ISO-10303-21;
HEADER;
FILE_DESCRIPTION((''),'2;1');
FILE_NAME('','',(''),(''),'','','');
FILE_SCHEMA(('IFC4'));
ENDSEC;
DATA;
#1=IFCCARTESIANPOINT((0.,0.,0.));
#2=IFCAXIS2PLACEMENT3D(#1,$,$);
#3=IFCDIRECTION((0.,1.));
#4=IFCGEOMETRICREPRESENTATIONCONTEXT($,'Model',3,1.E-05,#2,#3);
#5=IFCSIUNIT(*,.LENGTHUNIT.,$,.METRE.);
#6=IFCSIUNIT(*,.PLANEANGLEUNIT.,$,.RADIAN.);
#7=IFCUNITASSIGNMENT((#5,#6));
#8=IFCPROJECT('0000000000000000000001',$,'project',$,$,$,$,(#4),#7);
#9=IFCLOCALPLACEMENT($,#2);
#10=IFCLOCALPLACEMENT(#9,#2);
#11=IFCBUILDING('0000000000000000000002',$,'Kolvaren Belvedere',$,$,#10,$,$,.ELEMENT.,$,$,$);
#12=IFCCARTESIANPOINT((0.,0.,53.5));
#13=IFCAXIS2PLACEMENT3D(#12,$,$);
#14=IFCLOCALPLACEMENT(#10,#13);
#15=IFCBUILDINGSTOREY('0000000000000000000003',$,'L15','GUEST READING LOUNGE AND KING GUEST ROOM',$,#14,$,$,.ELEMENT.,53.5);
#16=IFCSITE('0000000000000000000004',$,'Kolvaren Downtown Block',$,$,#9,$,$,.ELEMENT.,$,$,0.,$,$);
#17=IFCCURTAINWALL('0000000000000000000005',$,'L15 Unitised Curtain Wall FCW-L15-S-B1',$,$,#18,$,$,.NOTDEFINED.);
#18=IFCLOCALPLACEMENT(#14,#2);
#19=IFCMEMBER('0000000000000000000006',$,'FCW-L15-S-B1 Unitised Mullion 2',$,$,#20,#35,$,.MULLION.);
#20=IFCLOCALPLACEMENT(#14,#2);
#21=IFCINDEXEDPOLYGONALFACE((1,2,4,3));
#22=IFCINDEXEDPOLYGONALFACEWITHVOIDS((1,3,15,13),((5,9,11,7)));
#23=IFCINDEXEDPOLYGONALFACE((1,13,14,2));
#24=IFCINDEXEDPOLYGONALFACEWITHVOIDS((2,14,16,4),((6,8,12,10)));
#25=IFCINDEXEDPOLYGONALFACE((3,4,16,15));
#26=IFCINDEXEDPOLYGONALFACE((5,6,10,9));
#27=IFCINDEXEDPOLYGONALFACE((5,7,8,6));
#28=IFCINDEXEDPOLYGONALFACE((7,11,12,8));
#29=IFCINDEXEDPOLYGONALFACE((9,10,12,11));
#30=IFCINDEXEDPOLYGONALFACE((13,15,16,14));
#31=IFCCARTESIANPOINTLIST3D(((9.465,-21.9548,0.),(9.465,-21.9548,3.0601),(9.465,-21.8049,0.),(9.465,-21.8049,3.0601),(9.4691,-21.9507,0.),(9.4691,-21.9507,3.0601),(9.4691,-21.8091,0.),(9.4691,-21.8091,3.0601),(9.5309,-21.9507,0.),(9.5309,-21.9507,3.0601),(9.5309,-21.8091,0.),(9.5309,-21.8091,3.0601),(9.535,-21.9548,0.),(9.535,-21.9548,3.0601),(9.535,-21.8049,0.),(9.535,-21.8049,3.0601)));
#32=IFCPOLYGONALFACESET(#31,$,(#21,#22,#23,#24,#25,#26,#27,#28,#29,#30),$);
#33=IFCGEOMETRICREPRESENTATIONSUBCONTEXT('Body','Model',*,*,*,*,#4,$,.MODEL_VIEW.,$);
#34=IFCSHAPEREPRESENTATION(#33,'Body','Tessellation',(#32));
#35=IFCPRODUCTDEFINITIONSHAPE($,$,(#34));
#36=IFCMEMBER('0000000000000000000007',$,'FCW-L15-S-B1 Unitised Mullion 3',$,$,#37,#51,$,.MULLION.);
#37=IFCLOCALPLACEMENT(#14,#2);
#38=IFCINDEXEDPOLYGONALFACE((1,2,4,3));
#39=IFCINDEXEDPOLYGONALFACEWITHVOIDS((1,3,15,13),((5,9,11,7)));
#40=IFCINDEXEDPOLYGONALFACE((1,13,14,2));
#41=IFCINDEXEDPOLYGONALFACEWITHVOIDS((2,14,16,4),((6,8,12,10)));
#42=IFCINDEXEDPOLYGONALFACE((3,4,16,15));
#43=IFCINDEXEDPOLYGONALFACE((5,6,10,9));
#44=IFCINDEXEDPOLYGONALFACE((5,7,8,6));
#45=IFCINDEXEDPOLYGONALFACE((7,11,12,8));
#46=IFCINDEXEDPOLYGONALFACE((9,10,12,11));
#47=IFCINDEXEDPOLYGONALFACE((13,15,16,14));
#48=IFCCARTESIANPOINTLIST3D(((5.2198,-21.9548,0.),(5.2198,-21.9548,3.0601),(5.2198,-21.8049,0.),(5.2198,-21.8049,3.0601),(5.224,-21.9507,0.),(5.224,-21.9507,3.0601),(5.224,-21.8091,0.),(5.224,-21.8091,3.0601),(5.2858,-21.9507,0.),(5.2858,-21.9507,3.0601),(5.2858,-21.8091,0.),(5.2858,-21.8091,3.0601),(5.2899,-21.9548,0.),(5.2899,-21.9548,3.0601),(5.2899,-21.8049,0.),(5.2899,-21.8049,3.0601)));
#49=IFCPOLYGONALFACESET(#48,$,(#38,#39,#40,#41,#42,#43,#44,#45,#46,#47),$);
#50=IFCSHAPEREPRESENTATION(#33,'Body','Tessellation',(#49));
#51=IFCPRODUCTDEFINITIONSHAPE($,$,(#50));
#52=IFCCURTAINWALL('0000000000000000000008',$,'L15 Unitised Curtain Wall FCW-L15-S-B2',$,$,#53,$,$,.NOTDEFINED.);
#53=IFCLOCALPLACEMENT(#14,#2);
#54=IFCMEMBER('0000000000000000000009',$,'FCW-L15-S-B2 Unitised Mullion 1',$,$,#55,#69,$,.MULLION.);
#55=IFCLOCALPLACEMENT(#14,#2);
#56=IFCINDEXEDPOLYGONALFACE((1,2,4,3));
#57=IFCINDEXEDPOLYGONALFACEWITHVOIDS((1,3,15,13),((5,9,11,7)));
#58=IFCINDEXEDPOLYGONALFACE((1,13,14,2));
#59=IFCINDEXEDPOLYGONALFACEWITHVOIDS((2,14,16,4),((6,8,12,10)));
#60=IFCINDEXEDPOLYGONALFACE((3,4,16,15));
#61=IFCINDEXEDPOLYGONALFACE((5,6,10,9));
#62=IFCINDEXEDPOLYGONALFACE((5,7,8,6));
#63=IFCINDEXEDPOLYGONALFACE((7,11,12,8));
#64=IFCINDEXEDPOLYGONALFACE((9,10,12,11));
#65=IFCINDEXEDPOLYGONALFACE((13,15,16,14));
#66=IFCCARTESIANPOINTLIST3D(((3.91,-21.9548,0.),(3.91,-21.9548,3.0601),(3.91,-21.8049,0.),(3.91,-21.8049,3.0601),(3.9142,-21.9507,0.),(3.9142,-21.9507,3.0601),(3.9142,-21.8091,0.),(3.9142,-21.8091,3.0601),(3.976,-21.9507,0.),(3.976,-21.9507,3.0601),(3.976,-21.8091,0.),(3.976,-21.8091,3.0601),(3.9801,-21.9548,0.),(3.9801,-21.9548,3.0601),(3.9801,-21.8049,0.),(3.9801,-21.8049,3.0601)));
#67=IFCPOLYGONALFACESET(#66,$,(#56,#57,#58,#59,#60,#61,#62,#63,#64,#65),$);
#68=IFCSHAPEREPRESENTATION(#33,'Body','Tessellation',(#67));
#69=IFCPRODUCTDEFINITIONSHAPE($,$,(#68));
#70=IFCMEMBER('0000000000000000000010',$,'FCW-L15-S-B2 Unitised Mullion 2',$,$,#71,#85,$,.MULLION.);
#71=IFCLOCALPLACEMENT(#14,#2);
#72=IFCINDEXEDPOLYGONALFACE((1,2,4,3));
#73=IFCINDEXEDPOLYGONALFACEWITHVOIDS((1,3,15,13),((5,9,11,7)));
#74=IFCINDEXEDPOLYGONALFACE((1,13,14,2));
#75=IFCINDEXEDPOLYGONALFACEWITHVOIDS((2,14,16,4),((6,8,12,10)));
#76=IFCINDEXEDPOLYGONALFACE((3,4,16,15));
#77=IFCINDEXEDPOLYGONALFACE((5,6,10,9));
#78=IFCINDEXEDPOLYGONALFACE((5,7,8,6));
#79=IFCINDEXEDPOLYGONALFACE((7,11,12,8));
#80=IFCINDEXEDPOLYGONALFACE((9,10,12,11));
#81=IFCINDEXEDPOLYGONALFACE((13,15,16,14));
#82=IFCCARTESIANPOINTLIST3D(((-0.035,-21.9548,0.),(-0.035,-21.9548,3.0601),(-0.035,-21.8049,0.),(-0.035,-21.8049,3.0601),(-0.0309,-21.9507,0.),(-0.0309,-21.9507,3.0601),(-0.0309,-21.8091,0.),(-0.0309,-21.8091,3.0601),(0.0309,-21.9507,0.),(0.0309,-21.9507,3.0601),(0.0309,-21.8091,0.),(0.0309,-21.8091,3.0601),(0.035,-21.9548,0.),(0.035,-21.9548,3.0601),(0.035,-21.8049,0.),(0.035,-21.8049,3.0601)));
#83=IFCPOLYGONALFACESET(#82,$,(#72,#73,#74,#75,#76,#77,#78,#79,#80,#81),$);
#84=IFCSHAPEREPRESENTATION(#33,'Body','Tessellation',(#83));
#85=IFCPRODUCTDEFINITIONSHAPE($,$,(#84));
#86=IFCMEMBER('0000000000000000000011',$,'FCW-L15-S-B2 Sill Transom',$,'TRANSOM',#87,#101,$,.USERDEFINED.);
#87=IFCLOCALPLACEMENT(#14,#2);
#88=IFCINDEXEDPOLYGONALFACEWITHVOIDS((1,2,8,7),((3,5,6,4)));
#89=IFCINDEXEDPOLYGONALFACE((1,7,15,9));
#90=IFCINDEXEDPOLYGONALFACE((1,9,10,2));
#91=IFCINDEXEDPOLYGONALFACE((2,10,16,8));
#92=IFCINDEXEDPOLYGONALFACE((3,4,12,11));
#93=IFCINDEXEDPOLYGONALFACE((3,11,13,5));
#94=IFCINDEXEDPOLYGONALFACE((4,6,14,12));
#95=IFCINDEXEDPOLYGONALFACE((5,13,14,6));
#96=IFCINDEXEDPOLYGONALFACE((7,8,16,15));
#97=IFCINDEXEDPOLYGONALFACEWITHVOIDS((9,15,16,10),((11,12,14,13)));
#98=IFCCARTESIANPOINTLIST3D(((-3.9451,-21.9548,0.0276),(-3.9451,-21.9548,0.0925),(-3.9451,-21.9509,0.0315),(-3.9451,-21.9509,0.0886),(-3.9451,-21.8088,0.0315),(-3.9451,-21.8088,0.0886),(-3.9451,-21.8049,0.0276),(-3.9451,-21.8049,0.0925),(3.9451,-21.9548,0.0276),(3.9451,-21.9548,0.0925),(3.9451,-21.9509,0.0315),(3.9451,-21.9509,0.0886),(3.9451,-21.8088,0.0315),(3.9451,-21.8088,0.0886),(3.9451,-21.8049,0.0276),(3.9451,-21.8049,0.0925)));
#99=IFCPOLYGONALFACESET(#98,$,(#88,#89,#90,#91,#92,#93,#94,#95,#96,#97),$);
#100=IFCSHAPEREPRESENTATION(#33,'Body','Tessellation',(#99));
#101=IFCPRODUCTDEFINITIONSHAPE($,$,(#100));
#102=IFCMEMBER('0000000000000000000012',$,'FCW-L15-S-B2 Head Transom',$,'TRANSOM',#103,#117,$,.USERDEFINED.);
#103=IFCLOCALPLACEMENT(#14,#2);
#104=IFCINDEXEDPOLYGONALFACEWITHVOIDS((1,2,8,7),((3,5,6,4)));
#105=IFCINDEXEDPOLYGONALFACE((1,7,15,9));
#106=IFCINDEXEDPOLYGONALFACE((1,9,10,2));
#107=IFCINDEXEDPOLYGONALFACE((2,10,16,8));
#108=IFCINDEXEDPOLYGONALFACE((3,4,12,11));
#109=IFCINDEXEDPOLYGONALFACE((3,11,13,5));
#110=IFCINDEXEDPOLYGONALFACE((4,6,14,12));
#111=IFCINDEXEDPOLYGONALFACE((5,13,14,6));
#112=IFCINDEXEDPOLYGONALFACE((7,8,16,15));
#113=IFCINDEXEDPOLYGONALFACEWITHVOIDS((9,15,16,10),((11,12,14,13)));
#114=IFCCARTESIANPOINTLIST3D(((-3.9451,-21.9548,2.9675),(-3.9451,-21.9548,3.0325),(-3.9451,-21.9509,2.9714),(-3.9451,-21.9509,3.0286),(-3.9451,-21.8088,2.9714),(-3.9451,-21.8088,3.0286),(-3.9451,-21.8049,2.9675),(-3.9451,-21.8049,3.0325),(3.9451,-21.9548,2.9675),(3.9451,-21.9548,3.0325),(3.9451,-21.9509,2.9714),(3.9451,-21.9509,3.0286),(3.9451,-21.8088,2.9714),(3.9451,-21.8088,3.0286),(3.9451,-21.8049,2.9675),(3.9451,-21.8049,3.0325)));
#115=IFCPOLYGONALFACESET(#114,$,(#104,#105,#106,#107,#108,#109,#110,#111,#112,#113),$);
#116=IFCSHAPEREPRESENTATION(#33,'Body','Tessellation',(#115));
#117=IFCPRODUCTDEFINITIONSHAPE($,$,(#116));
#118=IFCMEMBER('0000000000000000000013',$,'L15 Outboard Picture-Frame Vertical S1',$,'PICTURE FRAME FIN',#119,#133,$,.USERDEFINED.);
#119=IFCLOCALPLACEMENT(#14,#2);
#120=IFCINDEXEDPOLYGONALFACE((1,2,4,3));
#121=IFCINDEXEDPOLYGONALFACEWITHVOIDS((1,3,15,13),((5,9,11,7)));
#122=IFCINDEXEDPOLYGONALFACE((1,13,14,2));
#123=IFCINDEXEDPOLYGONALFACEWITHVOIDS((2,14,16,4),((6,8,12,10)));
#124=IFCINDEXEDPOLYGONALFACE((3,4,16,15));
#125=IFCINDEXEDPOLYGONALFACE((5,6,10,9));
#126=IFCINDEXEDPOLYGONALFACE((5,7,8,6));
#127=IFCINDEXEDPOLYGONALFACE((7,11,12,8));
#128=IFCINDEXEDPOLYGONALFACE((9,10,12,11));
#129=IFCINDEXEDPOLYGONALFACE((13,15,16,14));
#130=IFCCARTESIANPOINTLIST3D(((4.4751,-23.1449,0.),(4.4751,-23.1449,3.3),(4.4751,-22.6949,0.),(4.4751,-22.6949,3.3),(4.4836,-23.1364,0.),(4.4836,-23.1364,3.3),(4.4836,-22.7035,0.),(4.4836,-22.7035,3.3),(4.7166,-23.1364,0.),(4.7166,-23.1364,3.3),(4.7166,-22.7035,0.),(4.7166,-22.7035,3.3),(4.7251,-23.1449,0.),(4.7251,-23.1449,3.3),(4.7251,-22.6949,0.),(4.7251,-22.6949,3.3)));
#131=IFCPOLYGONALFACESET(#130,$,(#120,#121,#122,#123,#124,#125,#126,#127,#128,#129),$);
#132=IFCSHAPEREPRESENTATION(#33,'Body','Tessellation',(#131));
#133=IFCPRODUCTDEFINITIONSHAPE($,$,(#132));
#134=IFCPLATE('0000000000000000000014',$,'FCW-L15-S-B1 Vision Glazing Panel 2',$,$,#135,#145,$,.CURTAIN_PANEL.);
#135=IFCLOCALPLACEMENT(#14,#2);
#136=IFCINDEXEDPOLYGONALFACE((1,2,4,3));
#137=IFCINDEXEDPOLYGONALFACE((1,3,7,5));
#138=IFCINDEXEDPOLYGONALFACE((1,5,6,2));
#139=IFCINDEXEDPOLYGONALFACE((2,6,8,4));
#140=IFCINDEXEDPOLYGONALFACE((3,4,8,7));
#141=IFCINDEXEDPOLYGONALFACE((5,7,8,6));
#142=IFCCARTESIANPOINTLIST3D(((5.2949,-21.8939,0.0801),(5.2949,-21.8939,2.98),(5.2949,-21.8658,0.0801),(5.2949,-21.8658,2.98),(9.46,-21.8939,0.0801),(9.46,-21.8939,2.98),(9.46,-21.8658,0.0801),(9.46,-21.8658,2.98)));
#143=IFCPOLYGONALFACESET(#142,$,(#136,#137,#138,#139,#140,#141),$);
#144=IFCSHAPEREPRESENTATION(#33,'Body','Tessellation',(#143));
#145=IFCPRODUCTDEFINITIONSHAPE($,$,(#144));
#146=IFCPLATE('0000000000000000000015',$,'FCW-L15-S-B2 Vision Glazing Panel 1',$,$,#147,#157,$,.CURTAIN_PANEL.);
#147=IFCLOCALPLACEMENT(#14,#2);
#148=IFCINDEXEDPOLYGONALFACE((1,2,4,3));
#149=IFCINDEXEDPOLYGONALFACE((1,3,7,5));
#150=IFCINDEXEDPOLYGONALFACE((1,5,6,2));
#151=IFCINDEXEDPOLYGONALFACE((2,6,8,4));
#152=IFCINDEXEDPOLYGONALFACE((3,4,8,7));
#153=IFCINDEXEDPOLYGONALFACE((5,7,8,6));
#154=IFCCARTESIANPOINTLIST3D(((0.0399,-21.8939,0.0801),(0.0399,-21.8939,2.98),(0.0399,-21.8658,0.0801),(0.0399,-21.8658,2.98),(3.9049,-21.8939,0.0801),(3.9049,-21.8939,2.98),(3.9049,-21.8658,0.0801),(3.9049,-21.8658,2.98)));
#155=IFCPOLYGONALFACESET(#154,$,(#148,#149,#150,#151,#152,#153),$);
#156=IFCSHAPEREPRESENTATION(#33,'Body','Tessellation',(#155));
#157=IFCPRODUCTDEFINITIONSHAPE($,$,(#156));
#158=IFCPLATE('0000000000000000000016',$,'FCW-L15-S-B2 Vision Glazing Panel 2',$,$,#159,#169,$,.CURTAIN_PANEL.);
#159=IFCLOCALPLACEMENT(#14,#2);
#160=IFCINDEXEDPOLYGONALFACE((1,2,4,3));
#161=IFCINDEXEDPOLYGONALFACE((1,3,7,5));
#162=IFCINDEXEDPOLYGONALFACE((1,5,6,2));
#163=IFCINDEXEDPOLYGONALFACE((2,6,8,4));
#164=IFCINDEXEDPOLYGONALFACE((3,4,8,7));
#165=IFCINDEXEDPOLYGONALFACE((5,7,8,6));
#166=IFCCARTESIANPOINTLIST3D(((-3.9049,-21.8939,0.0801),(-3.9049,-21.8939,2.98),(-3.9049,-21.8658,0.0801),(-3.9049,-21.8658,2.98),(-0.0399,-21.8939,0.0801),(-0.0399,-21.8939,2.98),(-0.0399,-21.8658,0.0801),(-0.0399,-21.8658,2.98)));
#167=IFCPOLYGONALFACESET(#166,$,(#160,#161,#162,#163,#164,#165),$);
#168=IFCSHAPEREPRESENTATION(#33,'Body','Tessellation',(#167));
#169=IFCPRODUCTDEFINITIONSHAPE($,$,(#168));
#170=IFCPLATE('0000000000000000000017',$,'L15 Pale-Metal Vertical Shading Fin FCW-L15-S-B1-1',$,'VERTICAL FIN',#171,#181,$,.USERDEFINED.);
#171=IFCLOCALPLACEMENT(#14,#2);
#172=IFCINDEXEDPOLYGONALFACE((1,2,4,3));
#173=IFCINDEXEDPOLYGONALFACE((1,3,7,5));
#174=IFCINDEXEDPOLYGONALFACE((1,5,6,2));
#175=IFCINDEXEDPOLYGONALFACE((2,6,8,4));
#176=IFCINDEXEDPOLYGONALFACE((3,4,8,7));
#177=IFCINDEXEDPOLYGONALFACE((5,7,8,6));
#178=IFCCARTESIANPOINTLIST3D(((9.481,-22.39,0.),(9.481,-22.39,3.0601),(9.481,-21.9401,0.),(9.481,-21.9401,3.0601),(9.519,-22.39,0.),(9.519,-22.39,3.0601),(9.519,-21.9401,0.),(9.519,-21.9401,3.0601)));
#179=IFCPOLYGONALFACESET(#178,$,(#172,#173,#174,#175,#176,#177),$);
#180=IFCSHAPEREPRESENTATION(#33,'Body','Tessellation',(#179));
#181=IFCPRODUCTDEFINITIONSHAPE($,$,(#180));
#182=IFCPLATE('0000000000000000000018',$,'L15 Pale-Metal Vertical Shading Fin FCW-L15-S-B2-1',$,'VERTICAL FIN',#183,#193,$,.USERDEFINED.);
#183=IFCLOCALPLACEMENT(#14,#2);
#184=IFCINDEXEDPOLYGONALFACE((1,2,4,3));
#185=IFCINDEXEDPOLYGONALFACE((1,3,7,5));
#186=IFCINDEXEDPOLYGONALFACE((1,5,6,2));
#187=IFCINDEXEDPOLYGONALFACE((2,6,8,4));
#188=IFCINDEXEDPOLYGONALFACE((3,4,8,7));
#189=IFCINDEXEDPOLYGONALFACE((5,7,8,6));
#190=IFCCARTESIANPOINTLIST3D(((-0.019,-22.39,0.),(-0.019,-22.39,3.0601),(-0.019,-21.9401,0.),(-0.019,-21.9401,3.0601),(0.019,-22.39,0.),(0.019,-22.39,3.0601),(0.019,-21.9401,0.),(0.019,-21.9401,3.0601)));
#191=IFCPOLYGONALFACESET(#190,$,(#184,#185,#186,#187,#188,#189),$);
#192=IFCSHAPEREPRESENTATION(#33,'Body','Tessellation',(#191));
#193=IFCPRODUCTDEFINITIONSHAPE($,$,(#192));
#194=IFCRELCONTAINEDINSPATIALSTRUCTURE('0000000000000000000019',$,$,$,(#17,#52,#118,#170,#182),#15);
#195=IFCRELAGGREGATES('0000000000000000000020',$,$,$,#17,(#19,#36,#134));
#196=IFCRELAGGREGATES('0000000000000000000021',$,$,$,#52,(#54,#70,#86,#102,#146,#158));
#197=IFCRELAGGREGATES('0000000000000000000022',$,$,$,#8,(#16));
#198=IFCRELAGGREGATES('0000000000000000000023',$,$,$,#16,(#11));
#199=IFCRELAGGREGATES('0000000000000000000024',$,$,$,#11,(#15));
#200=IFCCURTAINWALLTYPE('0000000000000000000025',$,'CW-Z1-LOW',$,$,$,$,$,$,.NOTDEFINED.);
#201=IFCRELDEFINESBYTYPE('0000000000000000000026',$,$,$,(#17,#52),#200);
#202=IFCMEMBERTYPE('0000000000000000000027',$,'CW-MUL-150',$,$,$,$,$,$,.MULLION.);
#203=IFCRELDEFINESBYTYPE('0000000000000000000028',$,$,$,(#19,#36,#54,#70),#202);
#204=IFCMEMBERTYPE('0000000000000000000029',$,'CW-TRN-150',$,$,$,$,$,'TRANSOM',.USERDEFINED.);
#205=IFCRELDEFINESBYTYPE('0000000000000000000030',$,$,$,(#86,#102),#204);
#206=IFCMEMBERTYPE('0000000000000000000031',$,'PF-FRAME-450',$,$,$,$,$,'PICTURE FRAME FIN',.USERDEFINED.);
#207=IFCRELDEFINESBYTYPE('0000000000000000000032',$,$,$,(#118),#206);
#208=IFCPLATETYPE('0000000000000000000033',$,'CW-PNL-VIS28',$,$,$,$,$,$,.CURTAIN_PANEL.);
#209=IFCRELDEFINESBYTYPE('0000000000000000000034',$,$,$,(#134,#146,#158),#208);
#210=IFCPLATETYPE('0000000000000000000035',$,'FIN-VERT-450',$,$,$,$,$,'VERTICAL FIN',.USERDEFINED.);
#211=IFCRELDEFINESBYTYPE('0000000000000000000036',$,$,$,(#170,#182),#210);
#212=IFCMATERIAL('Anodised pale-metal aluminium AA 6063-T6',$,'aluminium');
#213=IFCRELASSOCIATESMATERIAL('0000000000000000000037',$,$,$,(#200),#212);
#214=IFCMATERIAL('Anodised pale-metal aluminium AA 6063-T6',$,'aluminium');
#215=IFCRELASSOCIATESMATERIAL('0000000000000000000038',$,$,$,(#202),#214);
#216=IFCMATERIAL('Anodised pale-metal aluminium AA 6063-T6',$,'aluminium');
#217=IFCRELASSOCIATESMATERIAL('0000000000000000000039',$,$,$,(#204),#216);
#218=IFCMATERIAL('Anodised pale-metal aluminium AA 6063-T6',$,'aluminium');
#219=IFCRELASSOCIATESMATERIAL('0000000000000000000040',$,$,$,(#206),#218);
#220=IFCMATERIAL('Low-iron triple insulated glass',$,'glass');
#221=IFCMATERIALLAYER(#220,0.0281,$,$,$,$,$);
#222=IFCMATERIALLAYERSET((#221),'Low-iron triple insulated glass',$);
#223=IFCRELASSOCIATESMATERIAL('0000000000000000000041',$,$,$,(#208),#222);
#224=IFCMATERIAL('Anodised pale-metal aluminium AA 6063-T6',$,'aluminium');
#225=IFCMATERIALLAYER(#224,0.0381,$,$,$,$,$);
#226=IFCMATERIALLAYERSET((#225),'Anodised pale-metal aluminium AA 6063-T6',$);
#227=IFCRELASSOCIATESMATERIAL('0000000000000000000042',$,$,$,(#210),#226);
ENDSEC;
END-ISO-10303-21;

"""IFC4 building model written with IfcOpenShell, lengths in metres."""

from ifc_helpers import new_model, si_unit, direction, frame, origin, origin_2d, place, context, subcontext, project, spatial, rectangle, hollow_rectangle, extrude, material, layer, layer_set, material_profile, profile_set, type_object, element, aggregate, save


model = new_model("IFC4")

# Units and contexts
model_context = context("Model", 3, precision=1e-05, world=origin(), true_north=direction((0.0, 1.0)))
body_context = subcontext(model_context, "Body", "Model", "MODEL_VIEW")
ifc_project = project(units=[si_unit("LENGTHUNIT", "METRE"), si_unit("PLANEANGLEUNIT", "RADIAN")], contexts=[model_context])

# Site, building, storey
site_placement = place(None, origin())
site = spatial("IfcSite", under=ifc_project, at=site_placement, Name="Kolvaren Downtown Block", CompositionType="ELEMENT", RefElevation=0.0)
building_placement = place(site_placement, origin())
building = spatial("IfcBuilding", under=site, at=building_placement, Name="Kolvaren Belvedere", CompositionType="ELEMENT")
storey_placement = place(building_placement, frame((0.0, 0.0, 53.5)))
storey = spatial("IfcBuildingStorey", under=building, at=storey_placement, Name="L15", Description="GUEST READING LOUNGE AND KING GUEST ROOM", CompositionType="ELEMENT", Elevation=53.5)

# Curtain walls, members
ifc_material_1 = material(Name="Anodised pale-metal aluminium AA 6063-T6", Category="aluminium")
curtain_wall_type = type_object("IfcCurtainWallType", Name="CW-Z1-LOW", PredefinedType="NOTDEFINED", material=ifc_material_1)
curtain_wall_1_placement = place(storey_placement, origin())
curtain_wall_1 = element("IfcCurtainWall", 1, at=curtain_wall_1_placement, inside=storey, type_object=curtain_wall_type, Name="L15 Unitised Curtain Wall FCW-L15-S-B1", PredefinedType="NOTDEFINED")
ifc_material_2 = material(Name="Anodised pale-metal aluminium AA 6063-T6", Category="aluminium")
ifc_material_profile_1 = material_profile(ifc_material_2, hollow_rectangle(XDim=0.0701, YDim=0.1499, WallThickness=0.0042, at=origin_2d()), Name="ALU-MUL-150X70")
ifc_profile_set_1 = profile_set([ifc_material_profile_1], Name="Anodised pale-metal aluminium AA 6063-T6")
member_type_1 = type_object("IfcMemberType", Name="CW-MUL-150", PredefinedType="MULLION", material=ifc_profile_set_1)
member_1_placement = place(storey_placement, frame((9.5, -21.8799, 0.0), z_axis=(0.0, 0.0, 1.0), x_axis=(1.0, 0.0, 0.0)))
member_1 = element("IfcMember", 2, at=member_1_placement, type_object=member_type_1, Name="FCW-L15-S-B1 Unitised Mullion 2", PredefinedType="MULLION", context=body_context, shape_type="SweptSolid", body=[
    extrude(hollow_rectangle(XDim=0.0701, YDim=0.1499, WallThickness=0.0042, at=origin_2d()), origin(), (0.0, 0.0, 1.0), 3.0601),
])
member_2_placement = place(storey_placement, frame((5.2549, -21.8799, 0.0), z_axis=(0.0, 0.0, 1.0), x_axis=(1.0, 0.0, 0.0)))
member_2 = element("IfcMember", 3, at=member_2_placement, type_object=member_type_1, Name="FCW-L15-S-B1 Unitised Mullion 3", PredefinedType="MULLION", context=body_context, shape_type="SweptSolid", body=[
    extrude(hollow_rectangle(XDim=0.0701, YDim=0.1499, WallThickness=0.0042, at=origin_2d()), origin(), (0.0, 0.0, 1.0), 3.0601),
])
curtain_wall_2_placement = place(storey_placement, origin())
curtain_wall_2 = element("IfcCurtainWall", 4, at=curtain_wall_2_placement, inside=storey, type_object=curtain_wall_type, Name="L15 Unitised Curtain Wall FCW-L15-S-B2", PredefinedType="NOTDEFINED")
member_3_placement = place(storey_placement, frame((3.9451, -21.8799, 0.0), z_axis=(0.0, 0.0, 1.0), x_axis=(1.0, 0.0, 0.0)))
member_3 = element("IfcMember", 5, at=member_3_placement, type_object=member_type_1, Name="FCW-L15-S-B2 Unitised Mullion 1", PredefinedType="MULLION", context=body_context, shape_type="SweptSolid", body=[
    extrude(hollow_rectangle(XDim=0.0701, YDim=0.1499, WallThickness=0.0042, at=origin_2d()), origin(), (0.0, 0.0, 1.0), 3.0601),
])
member_4_placement = place(storey_placement, frame((0.0, -21.8799, 0.0), z_axis=(0.0, 0.0, 1.0), x_axis=(1.0, 0.0, 0.0)))
member_4 = element("IfcMember", 6, at=member_4_placement, type_object=member_type_1, Name="FCW-L15-S-B2 Unitised Mullion 2", PredefinedType="MULLION", context=body_context, shape_type="SweptSolid", body=[
    extrude(hollow_rectangle(XDim=0.0701, YDim=0.1499, WallThickness=0.0042, at=origin_2d()), origin(), (0.0, 0.0, 1.0), 3.0601),
])
ifc_material_3 = material(Name="Anodised pale-metal aluminium AA 6063-T6", Category="aluminium")
ifc_material_profile_2 = material_profile(ifc_material_3, hollow_rectangle(XDim=0.0649, YDim=0.1499, WallThickness=0.0039, at=origin_2d()), Name="ALU-TRN-150X65")
ifc_profile_set_2 = profile_set([ifc_material_profile_2], Name="Anodised pale-metal aluminium AA 6063-T6")
member_type_2 = type_object("IfcMemberType", Name="CW-TRN-150", ElementType="TRANSOM", PredefinedType="USERDEFINED", material=ifc_profile_set_2)
member_5_placement = place(storey_placement, frame((3.9451, -21.8799, 0.0601), z_axis=(-1.0, 0.0, 0.0), x_axis=(0.0, 0.0, 1.0)))
member_5 = element("IfcMember", 7, at=member_5_placement, type_object=member_type_2, Name="FCW-L15-S-B2 Sill Transom", ObjectType="TRANSOM", PredefinedType="USERDEFINED", context=body_context, shape_type="SweptSolid", body=[
    extrude(hollow_rectangle(XDim=0.0649, YDim=0.1499, WallThickness=0.0039, at=origin_2d()), origin(), (0.0, 0.0, 1.0), 7.8901),
])
member_6_placement = place(storey_placement, frame((3.9451, -21.8799, 3.0), z_axis=(-1.0, 0.0, 0.0), x_axis=(0.0, 0.0, 1.0)))
member_6 = element("IfcMember", 8, at=member_6_placement, type_object=member_type_2, Name="FCW-L15-S-B2 Head Transom", ObjectType="TRANSOM", PredefinedType="USERDEFINED", context=body_context, shape_type="SweptSolid", body=[
    extrude(hollow_rectangle(XDim=0.0649, YDim=0.1499, WallThickness=0.0039, at=origin_2d()), origin(), (0.0, 0.0, 1.0), 7.8901),
])

# Member
ifc_material_4 = material(Name="Anodised pale-metal aluminium AA 6063-T6", Category="aluminium")
ifc_material_profile_3 = material_profile(ifc_material_4, hollow_rectangle(XDim=0.25, YDim=0.45, WallThickness=0.0085, at=origin_2d()), Name="ALU-PF-450X250")
ifc_profile_set_3 = profile_set([ifc_material_profile_3], Name="Anodised pale-metal aluminium AA 6063-T6")
member_type_3 = type_object("IfcMemberType", Name="PF-FRAME-450", ElementType="PICTURE FRAME FIN", PredefinedType="USERDEFINED", material=ifc_profile_set_3)
member_7_placement = place(storey_placement, frame((4.6001, -22.9199, 0.0), z_axis=(0.0, 0.0, 1.0), x_axis=(1.0, 0.0, 0.0)))
element("IfcMember", 9, at=member_7_placement, inside=storey, type_object=member_type_3, Name="L15 Outboard Picture-Frame Vertical S1", ObjectType="PICTURE FRAME FIN", PredefinedType="USERDEFINED", context=body_context, shape_type="SweptSolid", body=[
    extrude(hollow_rectangle(XDim=0.25, YDim=0.45, WallThickness=0.0085, at=origin_2d()), origin(), (0.0, 0.0, 1.0), 3.3),
])

# Plates
ifc_material_5 = material(Name="Low-iron triple insulated glass", Category="glass")
ifc_layer_1 = layer(ifc_material_5, 0.0281)
ifc_layer_set_1 = layer_set([ifc_layer_1], Name="Low-iron triple insulated glass")
plate_type_1 = type_object("IfcPlateType", Name="CW-PNL-VIS28", PredefinedType="CURTAIN_PANEL", material=ifc_layer_set_1)
plate_1_placement = place(storey_placement, frame((7.3774, -21.8799, 0.0801), z_axis=(0.0, 0.0, 1.0), x_axis=(-1.0, 0.0, 0.0)))
plate_1 = element("IfcPlate", 10, at=plate_1_placement, type_object=plate_type_1, Name="FCW-L15-S-B1 Vision Glazing Panel 2", PredefinedType="CURTAIN_PANEL", context=body_context, shape_type="SweptSolid", body=[
    extrude(rectangle(XDim=4.165, YDim=0.0281, at=origin_2d()), origin(), (0.0, 0.0, 1.0), 2.8999),
])
aggregate(curtain_wall_1, [member_1, member_2, plate_1])
plate_2_placement = place(storey_placement, frame((1.9724, -21.8799, 0.0801), z_axis=(0.0, 0.0, 1.0), x_axis=(-1.0, 0.0, 0.0)))
plate_2 = element("IfcPlate", 11, at=plate_2_placement, type_object=plate_type_1, Name="FCW-L15-S-B2 Vision Glazing Panel 1", PredefinedType="CURTAIN_PANEL", context=body_context, shape_type="SweptSolid", body=[
    extrude(rectangle(XDim=3.865, YDim=0.0281, at=origin_2d()), origin(), (0.0, 0.0, 1.0), 2.8999),
])
plate_3_placement = place(storey_placement, frame((-1.9724, -21.8799, 0.0801), z_axis=(0.0, 0.0, 1.0), x_axis=(-1.0, 0.0, 0.0)))
plate_3 = element("IfcPlate", 12, at=plate_3_placement, type_object=plate_type_1, Name="FCW-L15-S-B2 Vision Glazing Panel 2", PredefinedType="CURTAIN_PANEL", context=body_context, shape_type="SweptSolid", body=[
    extrude(rectangle(XDim=3.865, YDim=0.0281, at=origin_2d()), origin(), (0.0, 0.0, 1.0), 2.8999),
])
aggregate(curtain_wall_2, [member_3, member_4, member_5, member_6, plate_2, plate_3])

# Plates
ifc_material_6 = material(Name="Anodised pale-metal aluminium AA 6063-T6", Category="aluminium")
ifc_layer_2 = layer(ifc_material_6, 0.0381)
ifc_layer_set_2 = layer_set([ifc_layer_2], Name="Anodised pale-metal aluminium AA 6063-T6")
plate_type_2 = type_object("IfcPlateType", Name="FIN-VERT-450", ElementType="VERTICAL FIN", PredefinedType="USERDEFINED", material=ifc_layer_set_2)
for number, where, z_axis, x_axis, name in (
    (13, (9.5, -22.165, 0.0), (0.0, 0.0, 1.0), (0.0, 1.0, 0.0), "L15 Pale-Metal Vertical Shading Fin FCW-L15-S-B1-1"),
    (14, (0.0, -22.165, 0.0), (0.0, 0.0, 1.0), (0.0, 1.0, 0.0), "L15 Pale-Metal Vertical Shading Fin FCW-L15-S-B2-1"),
):
    element("IfcPlate", number, at=place(storey_placement, frame(where, z_axis=z_axis, x_axis=x_axis)), inside=storey, type_object=plate_type_2, Name=name, ObjectType="VERTICAL FIN", PredefinedType="USERDEFINED", context=body_context, shape_type="SweptSolid", body=[
        extrude(rectangle(XDim=0.45, YDim=0.0381, at=origin_2d()), origin(), (0.0, 0.0, 1.0), 3.0601),
    ])

save(model, "model.ifc")
